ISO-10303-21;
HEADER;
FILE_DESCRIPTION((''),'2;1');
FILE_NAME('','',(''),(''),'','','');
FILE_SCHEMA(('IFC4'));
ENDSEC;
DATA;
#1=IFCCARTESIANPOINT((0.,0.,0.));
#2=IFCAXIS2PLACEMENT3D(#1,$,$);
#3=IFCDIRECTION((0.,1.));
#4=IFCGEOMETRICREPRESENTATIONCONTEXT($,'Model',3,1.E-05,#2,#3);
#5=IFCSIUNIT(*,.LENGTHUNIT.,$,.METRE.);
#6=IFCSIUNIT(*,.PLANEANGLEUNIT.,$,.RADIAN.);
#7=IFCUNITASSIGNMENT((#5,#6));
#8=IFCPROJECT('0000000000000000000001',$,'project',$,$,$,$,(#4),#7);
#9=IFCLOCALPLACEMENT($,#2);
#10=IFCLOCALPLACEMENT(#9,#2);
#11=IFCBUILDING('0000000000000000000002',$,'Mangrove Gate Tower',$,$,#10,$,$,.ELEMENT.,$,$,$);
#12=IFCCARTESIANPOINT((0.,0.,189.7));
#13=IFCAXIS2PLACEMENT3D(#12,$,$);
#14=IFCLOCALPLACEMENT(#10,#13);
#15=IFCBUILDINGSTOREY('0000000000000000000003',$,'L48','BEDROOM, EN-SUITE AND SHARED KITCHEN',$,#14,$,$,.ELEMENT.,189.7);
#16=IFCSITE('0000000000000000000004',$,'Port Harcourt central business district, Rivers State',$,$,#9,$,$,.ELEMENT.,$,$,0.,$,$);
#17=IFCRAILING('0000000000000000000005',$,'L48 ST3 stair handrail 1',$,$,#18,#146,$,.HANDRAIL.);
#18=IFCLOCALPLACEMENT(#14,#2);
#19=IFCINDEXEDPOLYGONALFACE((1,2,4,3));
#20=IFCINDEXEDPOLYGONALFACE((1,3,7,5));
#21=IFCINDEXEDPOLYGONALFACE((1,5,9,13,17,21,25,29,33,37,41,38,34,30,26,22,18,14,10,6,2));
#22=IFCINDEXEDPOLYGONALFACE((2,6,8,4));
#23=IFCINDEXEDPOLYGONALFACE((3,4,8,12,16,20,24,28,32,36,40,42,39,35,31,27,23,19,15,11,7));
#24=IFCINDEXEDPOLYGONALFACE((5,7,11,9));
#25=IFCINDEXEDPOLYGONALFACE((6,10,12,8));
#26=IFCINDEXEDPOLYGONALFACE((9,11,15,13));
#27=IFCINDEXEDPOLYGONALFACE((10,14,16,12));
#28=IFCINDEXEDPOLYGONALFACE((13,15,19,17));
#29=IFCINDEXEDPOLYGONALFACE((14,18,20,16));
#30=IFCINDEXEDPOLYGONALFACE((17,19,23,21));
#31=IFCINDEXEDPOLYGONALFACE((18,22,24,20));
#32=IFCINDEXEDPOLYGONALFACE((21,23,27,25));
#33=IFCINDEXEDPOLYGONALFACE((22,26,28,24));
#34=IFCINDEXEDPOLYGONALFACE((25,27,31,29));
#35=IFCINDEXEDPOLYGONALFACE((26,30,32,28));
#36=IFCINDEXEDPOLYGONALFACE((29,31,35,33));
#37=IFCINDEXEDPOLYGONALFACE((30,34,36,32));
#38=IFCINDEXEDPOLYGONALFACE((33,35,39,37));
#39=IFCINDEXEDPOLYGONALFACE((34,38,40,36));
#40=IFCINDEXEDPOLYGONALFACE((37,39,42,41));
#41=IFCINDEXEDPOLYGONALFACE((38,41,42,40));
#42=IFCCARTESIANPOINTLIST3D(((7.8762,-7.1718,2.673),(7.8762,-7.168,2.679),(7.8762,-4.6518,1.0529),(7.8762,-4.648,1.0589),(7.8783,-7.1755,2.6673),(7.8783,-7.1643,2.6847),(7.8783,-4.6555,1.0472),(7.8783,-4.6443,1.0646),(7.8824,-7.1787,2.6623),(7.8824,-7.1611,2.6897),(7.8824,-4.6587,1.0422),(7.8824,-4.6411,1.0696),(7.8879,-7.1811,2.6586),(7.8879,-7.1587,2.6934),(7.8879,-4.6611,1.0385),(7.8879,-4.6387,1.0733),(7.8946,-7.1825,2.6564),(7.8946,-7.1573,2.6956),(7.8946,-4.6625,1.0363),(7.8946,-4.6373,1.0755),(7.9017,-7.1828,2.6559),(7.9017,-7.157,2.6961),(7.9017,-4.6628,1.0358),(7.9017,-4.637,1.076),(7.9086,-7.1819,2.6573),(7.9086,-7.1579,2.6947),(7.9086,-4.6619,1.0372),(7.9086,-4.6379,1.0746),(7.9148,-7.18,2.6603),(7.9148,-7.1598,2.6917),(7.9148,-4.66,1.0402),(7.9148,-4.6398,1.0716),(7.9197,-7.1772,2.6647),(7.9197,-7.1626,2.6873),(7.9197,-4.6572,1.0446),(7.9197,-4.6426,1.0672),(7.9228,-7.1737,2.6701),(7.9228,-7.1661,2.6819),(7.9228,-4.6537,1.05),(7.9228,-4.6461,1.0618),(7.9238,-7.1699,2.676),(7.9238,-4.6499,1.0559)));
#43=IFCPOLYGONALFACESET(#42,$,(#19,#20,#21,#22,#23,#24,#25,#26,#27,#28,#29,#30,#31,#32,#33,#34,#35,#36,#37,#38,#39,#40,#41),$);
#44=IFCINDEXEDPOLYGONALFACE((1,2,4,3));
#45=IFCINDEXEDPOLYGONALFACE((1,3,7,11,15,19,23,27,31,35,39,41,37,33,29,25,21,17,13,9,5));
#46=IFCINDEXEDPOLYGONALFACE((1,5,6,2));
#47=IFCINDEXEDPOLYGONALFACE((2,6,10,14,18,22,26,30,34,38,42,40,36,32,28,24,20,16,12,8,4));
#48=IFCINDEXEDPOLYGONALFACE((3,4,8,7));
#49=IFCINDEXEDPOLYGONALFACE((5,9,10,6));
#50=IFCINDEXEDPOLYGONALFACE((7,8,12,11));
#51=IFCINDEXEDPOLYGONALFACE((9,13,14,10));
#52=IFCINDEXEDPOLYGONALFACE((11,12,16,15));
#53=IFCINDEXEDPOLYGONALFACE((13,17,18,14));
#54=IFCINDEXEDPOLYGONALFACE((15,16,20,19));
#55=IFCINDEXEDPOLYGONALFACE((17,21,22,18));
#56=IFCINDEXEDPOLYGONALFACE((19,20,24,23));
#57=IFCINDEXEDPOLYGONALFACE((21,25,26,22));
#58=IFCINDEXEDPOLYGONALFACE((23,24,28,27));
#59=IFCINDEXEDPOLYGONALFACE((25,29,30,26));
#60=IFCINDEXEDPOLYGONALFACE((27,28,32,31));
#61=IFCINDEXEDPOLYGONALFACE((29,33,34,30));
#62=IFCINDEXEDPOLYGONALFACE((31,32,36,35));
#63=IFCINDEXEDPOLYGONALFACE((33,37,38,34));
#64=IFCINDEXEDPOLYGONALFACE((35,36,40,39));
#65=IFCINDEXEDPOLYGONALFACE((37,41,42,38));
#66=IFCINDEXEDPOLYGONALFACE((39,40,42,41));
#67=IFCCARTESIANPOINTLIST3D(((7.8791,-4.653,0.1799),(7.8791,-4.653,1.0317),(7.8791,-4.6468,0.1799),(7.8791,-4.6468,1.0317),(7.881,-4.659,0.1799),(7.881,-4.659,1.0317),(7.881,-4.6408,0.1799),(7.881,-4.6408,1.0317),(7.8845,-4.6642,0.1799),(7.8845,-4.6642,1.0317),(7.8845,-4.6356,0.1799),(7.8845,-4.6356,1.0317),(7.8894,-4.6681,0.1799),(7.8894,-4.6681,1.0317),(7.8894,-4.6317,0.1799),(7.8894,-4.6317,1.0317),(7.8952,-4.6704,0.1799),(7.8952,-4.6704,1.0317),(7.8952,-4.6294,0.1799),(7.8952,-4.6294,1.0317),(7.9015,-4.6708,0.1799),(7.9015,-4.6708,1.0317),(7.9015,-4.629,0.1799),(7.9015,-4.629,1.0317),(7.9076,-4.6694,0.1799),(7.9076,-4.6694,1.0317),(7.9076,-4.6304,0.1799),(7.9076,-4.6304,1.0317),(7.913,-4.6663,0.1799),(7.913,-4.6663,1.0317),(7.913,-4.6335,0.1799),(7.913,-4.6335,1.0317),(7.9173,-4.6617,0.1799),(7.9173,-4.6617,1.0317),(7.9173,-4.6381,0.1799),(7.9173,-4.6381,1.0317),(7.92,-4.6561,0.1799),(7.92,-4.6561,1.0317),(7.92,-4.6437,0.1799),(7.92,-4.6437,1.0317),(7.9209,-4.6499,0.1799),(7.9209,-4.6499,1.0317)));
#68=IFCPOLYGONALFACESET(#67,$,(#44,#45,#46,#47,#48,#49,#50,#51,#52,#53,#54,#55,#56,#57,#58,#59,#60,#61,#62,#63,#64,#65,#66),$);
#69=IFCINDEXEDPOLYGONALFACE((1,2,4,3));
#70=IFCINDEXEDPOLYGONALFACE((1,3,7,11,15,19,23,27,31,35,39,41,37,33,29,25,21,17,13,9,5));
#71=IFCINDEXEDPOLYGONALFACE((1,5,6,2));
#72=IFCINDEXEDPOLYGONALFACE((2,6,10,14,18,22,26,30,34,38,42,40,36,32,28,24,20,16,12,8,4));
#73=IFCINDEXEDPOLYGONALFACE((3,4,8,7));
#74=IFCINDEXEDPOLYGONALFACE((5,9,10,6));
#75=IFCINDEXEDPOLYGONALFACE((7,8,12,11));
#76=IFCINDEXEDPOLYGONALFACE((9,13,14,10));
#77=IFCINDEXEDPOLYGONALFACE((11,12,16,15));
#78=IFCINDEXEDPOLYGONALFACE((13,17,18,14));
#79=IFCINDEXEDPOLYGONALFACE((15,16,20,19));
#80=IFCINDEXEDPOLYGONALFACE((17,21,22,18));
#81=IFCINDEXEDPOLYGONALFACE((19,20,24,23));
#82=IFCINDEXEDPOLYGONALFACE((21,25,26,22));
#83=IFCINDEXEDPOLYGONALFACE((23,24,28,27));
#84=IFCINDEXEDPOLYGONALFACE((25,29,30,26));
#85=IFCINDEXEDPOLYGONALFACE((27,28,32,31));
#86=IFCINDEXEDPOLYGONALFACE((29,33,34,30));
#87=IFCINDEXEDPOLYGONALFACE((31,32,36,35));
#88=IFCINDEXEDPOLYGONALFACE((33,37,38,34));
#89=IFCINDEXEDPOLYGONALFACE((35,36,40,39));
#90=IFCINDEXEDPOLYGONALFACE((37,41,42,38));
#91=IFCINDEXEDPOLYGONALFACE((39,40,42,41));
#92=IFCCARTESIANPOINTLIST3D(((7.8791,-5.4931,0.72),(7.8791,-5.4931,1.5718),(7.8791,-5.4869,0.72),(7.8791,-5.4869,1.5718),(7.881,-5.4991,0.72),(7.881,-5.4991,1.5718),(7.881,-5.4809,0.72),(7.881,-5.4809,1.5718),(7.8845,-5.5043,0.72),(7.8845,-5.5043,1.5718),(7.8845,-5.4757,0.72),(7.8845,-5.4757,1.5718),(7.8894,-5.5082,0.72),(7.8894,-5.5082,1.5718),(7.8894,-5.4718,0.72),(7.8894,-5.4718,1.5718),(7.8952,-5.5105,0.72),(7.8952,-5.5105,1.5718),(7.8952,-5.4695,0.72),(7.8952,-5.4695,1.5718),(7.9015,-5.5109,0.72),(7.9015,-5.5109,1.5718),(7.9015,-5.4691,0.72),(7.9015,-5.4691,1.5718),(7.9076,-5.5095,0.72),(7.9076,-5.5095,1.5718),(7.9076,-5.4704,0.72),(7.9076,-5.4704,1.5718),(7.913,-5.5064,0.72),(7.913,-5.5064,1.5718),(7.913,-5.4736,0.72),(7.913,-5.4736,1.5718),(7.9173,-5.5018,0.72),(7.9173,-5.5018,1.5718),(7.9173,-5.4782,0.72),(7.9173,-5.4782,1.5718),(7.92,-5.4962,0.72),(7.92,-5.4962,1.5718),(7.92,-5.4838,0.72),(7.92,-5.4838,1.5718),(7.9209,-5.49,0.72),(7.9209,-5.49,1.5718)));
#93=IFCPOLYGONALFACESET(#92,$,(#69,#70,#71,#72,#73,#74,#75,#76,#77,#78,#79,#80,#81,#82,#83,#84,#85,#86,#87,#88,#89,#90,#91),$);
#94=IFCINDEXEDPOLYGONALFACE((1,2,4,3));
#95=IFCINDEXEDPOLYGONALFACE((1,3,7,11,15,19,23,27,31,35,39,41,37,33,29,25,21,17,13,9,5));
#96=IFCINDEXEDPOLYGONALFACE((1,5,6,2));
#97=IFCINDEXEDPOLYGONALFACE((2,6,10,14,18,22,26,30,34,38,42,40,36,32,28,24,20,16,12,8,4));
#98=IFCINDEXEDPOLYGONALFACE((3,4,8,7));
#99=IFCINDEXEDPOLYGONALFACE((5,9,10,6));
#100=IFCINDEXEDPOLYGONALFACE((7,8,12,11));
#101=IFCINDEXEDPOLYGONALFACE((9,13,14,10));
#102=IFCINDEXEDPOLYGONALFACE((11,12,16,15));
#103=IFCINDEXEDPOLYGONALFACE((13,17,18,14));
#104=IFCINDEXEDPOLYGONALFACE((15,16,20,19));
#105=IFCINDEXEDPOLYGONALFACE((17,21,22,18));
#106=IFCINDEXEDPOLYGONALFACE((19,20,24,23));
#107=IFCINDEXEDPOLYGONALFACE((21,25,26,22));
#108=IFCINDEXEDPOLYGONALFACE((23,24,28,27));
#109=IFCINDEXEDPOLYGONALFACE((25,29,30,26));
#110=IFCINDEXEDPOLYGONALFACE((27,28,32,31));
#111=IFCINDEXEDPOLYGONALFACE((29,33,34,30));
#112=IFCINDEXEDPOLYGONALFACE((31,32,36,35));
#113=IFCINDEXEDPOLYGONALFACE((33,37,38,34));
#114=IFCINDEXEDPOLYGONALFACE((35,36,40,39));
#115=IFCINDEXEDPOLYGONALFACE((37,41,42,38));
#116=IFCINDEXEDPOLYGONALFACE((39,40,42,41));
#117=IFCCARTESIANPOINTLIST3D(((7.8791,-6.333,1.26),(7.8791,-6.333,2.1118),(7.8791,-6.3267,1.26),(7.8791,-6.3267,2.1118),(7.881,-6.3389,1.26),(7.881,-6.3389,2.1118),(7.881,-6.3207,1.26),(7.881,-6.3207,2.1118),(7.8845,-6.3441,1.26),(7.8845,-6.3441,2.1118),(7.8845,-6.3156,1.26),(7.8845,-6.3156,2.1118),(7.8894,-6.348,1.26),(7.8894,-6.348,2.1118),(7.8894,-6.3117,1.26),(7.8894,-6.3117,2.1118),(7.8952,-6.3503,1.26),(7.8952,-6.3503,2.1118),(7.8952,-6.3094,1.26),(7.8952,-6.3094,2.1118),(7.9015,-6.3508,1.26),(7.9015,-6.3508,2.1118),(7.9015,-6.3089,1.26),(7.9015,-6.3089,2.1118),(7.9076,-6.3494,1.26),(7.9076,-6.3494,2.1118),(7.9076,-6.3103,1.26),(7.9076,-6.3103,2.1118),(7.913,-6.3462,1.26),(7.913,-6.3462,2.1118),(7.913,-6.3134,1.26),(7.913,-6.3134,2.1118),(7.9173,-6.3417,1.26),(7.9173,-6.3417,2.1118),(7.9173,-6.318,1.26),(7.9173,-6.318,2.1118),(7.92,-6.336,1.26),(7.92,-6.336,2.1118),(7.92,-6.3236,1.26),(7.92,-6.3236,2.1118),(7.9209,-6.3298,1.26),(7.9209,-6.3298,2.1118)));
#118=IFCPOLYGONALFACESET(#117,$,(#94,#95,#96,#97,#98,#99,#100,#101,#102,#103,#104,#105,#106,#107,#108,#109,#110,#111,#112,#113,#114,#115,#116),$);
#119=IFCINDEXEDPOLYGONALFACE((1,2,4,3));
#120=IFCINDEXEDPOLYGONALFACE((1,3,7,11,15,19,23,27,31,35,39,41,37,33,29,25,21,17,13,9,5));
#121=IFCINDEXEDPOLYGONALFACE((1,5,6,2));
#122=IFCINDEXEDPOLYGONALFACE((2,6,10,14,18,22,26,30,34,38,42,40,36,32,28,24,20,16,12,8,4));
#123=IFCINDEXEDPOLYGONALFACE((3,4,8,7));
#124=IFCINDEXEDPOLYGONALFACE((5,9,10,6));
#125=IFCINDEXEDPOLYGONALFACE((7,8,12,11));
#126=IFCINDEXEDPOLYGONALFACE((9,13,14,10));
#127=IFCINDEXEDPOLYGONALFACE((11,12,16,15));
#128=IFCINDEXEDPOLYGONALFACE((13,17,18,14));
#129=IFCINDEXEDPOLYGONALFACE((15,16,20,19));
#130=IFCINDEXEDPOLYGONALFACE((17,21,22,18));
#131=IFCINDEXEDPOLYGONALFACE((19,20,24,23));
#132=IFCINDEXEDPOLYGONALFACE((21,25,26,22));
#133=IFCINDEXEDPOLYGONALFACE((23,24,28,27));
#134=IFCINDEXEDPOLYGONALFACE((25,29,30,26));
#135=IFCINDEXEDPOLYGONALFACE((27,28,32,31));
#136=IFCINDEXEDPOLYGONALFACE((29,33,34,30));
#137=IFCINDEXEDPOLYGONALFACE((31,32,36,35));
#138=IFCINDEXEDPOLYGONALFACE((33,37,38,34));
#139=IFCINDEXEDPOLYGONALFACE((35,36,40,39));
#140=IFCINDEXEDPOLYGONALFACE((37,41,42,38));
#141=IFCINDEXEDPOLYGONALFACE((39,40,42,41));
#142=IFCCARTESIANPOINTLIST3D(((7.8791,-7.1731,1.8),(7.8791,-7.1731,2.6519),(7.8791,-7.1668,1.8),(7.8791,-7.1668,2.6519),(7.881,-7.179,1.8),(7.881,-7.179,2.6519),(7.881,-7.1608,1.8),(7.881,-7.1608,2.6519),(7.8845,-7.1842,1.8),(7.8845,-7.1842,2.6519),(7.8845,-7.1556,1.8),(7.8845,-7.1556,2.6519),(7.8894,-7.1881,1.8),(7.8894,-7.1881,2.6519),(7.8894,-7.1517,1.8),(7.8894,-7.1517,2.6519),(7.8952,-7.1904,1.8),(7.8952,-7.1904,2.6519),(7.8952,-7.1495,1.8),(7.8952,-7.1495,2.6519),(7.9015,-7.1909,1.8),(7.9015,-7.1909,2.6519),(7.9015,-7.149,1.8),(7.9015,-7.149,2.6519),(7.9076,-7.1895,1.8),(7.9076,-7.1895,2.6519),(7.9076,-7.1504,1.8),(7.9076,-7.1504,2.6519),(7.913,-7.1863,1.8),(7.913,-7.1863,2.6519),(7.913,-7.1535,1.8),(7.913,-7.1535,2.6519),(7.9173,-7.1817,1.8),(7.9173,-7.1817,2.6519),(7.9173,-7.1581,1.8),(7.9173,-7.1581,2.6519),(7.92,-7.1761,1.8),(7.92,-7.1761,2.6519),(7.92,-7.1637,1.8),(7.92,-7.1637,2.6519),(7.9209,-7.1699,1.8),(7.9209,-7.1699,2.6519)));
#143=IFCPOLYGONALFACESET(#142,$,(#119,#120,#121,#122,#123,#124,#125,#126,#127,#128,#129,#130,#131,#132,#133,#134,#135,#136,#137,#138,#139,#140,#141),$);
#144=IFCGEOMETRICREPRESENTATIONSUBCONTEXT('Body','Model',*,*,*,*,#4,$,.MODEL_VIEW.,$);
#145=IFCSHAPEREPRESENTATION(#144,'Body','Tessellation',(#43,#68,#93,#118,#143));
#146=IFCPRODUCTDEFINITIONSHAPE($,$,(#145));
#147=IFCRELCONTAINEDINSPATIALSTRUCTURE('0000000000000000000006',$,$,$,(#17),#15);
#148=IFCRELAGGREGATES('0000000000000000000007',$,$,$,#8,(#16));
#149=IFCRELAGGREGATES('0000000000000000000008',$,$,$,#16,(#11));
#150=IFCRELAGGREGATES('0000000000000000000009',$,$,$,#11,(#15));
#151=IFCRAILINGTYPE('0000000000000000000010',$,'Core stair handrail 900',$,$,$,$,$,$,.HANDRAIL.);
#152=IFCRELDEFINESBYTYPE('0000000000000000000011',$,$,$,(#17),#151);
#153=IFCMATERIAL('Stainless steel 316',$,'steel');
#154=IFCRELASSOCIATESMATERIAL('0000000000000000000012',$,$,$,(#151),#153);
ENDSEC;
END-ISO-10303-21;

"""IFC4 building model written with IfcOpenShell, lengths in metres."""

from ifc_helpers import new_model, si_unit, direction, frame, origin, origin_2d, place, context, subcontext, project, spatial, circle, extrude, material, type_object, element, save


model = new_model("IFC4")

# Units and contexts
model_context = context("Model", 3, precision=1e-05, world=origin(), true_north=direction((0.0, 1.0)))
body_context = subcontext(model_context, "Body", "Model", "MODEL_VIEW")
ifc_project = project(units=[si_unit("LENGTHUNIT", "METRE"), si_unit("PLANEANGLEUNIT", "RADIAN")], contexts=[model_context])

# Site, building, storey
site_placement = place(None, origin())
site = spatial("IfcSite", under=ifc_project, at=site_placement, Name="Port Harcourt central business district, Rivers State", CompositionType="ELEMENT", RefElevation=0.0)
building_placement = place(site_placement, origin())
building = spatial("IfcBuilding", under=site, at=building_placement, Name="Mangrove Gate Tower", CompositionType="ELEMENT")
storey_placement = place(building_placement, frame((0.0, 0.0, 189.7)))
storey = spatial("IfcBuildingStorey", under=building, at=storey_placement, Name="L48", Description="BEDROOM, EN-SUITE AND SHARED KITCHEN", CompositionType="ELEMENT", Elevation=189.7)

# Railing
ifc_material_1 = material(Name="Stainless steel 316", Category="steel")
railing_type_1 = type_object("IfcRailingType", Name="Core stair handrail 900", PredefinedType="HANDRAIL", material=ifc_material_1)
railing_1_placement = place(storey_placement, frame((7.8999, -4.6499, 0.1799)))
element("IfcRailing", 1, at=railing_1_placement, inside=storey, type_object=railing_type_1, Name="L48 ST3 stair handrail 1", PredefinedType="HANDRAIL", context=body_context, shape_type="SweptSolid", body=[
    extrude(circle(Radius=0.0239, at=origin_2d()), frame((0.0, 0.0, 0.876), z_axis=(0.0, -0.841163, 0.540782), x_axis=(1.0, 0.0, 0.0)), (0.0, 0.0, 1.0), 2.9958),
    extrude(circle(Radius=0.021, at=origin_2d()), origin(), (0.0, 0.0, 1.0), 0.8518),
    extrude(circle(Radius=0.021, at=origin_2d()), frame((0.0, -0.8401, 0.54)), (0.0, 0.0, 1.0), 0.8518),
    extrude(circle(Radius=0.021, at=origin_2d()), frame((0.0, -1.6799, 1.0801)), (0.0, 0.0, 1.0), 0.8518),
    extrude(circle(Radius=0.021, at=origin_2d()), frame((0.0, -2.52, 1.6201)), (0.0, 0.0, 1.0), 0.8518),
])

save(model, "model.ifc")
